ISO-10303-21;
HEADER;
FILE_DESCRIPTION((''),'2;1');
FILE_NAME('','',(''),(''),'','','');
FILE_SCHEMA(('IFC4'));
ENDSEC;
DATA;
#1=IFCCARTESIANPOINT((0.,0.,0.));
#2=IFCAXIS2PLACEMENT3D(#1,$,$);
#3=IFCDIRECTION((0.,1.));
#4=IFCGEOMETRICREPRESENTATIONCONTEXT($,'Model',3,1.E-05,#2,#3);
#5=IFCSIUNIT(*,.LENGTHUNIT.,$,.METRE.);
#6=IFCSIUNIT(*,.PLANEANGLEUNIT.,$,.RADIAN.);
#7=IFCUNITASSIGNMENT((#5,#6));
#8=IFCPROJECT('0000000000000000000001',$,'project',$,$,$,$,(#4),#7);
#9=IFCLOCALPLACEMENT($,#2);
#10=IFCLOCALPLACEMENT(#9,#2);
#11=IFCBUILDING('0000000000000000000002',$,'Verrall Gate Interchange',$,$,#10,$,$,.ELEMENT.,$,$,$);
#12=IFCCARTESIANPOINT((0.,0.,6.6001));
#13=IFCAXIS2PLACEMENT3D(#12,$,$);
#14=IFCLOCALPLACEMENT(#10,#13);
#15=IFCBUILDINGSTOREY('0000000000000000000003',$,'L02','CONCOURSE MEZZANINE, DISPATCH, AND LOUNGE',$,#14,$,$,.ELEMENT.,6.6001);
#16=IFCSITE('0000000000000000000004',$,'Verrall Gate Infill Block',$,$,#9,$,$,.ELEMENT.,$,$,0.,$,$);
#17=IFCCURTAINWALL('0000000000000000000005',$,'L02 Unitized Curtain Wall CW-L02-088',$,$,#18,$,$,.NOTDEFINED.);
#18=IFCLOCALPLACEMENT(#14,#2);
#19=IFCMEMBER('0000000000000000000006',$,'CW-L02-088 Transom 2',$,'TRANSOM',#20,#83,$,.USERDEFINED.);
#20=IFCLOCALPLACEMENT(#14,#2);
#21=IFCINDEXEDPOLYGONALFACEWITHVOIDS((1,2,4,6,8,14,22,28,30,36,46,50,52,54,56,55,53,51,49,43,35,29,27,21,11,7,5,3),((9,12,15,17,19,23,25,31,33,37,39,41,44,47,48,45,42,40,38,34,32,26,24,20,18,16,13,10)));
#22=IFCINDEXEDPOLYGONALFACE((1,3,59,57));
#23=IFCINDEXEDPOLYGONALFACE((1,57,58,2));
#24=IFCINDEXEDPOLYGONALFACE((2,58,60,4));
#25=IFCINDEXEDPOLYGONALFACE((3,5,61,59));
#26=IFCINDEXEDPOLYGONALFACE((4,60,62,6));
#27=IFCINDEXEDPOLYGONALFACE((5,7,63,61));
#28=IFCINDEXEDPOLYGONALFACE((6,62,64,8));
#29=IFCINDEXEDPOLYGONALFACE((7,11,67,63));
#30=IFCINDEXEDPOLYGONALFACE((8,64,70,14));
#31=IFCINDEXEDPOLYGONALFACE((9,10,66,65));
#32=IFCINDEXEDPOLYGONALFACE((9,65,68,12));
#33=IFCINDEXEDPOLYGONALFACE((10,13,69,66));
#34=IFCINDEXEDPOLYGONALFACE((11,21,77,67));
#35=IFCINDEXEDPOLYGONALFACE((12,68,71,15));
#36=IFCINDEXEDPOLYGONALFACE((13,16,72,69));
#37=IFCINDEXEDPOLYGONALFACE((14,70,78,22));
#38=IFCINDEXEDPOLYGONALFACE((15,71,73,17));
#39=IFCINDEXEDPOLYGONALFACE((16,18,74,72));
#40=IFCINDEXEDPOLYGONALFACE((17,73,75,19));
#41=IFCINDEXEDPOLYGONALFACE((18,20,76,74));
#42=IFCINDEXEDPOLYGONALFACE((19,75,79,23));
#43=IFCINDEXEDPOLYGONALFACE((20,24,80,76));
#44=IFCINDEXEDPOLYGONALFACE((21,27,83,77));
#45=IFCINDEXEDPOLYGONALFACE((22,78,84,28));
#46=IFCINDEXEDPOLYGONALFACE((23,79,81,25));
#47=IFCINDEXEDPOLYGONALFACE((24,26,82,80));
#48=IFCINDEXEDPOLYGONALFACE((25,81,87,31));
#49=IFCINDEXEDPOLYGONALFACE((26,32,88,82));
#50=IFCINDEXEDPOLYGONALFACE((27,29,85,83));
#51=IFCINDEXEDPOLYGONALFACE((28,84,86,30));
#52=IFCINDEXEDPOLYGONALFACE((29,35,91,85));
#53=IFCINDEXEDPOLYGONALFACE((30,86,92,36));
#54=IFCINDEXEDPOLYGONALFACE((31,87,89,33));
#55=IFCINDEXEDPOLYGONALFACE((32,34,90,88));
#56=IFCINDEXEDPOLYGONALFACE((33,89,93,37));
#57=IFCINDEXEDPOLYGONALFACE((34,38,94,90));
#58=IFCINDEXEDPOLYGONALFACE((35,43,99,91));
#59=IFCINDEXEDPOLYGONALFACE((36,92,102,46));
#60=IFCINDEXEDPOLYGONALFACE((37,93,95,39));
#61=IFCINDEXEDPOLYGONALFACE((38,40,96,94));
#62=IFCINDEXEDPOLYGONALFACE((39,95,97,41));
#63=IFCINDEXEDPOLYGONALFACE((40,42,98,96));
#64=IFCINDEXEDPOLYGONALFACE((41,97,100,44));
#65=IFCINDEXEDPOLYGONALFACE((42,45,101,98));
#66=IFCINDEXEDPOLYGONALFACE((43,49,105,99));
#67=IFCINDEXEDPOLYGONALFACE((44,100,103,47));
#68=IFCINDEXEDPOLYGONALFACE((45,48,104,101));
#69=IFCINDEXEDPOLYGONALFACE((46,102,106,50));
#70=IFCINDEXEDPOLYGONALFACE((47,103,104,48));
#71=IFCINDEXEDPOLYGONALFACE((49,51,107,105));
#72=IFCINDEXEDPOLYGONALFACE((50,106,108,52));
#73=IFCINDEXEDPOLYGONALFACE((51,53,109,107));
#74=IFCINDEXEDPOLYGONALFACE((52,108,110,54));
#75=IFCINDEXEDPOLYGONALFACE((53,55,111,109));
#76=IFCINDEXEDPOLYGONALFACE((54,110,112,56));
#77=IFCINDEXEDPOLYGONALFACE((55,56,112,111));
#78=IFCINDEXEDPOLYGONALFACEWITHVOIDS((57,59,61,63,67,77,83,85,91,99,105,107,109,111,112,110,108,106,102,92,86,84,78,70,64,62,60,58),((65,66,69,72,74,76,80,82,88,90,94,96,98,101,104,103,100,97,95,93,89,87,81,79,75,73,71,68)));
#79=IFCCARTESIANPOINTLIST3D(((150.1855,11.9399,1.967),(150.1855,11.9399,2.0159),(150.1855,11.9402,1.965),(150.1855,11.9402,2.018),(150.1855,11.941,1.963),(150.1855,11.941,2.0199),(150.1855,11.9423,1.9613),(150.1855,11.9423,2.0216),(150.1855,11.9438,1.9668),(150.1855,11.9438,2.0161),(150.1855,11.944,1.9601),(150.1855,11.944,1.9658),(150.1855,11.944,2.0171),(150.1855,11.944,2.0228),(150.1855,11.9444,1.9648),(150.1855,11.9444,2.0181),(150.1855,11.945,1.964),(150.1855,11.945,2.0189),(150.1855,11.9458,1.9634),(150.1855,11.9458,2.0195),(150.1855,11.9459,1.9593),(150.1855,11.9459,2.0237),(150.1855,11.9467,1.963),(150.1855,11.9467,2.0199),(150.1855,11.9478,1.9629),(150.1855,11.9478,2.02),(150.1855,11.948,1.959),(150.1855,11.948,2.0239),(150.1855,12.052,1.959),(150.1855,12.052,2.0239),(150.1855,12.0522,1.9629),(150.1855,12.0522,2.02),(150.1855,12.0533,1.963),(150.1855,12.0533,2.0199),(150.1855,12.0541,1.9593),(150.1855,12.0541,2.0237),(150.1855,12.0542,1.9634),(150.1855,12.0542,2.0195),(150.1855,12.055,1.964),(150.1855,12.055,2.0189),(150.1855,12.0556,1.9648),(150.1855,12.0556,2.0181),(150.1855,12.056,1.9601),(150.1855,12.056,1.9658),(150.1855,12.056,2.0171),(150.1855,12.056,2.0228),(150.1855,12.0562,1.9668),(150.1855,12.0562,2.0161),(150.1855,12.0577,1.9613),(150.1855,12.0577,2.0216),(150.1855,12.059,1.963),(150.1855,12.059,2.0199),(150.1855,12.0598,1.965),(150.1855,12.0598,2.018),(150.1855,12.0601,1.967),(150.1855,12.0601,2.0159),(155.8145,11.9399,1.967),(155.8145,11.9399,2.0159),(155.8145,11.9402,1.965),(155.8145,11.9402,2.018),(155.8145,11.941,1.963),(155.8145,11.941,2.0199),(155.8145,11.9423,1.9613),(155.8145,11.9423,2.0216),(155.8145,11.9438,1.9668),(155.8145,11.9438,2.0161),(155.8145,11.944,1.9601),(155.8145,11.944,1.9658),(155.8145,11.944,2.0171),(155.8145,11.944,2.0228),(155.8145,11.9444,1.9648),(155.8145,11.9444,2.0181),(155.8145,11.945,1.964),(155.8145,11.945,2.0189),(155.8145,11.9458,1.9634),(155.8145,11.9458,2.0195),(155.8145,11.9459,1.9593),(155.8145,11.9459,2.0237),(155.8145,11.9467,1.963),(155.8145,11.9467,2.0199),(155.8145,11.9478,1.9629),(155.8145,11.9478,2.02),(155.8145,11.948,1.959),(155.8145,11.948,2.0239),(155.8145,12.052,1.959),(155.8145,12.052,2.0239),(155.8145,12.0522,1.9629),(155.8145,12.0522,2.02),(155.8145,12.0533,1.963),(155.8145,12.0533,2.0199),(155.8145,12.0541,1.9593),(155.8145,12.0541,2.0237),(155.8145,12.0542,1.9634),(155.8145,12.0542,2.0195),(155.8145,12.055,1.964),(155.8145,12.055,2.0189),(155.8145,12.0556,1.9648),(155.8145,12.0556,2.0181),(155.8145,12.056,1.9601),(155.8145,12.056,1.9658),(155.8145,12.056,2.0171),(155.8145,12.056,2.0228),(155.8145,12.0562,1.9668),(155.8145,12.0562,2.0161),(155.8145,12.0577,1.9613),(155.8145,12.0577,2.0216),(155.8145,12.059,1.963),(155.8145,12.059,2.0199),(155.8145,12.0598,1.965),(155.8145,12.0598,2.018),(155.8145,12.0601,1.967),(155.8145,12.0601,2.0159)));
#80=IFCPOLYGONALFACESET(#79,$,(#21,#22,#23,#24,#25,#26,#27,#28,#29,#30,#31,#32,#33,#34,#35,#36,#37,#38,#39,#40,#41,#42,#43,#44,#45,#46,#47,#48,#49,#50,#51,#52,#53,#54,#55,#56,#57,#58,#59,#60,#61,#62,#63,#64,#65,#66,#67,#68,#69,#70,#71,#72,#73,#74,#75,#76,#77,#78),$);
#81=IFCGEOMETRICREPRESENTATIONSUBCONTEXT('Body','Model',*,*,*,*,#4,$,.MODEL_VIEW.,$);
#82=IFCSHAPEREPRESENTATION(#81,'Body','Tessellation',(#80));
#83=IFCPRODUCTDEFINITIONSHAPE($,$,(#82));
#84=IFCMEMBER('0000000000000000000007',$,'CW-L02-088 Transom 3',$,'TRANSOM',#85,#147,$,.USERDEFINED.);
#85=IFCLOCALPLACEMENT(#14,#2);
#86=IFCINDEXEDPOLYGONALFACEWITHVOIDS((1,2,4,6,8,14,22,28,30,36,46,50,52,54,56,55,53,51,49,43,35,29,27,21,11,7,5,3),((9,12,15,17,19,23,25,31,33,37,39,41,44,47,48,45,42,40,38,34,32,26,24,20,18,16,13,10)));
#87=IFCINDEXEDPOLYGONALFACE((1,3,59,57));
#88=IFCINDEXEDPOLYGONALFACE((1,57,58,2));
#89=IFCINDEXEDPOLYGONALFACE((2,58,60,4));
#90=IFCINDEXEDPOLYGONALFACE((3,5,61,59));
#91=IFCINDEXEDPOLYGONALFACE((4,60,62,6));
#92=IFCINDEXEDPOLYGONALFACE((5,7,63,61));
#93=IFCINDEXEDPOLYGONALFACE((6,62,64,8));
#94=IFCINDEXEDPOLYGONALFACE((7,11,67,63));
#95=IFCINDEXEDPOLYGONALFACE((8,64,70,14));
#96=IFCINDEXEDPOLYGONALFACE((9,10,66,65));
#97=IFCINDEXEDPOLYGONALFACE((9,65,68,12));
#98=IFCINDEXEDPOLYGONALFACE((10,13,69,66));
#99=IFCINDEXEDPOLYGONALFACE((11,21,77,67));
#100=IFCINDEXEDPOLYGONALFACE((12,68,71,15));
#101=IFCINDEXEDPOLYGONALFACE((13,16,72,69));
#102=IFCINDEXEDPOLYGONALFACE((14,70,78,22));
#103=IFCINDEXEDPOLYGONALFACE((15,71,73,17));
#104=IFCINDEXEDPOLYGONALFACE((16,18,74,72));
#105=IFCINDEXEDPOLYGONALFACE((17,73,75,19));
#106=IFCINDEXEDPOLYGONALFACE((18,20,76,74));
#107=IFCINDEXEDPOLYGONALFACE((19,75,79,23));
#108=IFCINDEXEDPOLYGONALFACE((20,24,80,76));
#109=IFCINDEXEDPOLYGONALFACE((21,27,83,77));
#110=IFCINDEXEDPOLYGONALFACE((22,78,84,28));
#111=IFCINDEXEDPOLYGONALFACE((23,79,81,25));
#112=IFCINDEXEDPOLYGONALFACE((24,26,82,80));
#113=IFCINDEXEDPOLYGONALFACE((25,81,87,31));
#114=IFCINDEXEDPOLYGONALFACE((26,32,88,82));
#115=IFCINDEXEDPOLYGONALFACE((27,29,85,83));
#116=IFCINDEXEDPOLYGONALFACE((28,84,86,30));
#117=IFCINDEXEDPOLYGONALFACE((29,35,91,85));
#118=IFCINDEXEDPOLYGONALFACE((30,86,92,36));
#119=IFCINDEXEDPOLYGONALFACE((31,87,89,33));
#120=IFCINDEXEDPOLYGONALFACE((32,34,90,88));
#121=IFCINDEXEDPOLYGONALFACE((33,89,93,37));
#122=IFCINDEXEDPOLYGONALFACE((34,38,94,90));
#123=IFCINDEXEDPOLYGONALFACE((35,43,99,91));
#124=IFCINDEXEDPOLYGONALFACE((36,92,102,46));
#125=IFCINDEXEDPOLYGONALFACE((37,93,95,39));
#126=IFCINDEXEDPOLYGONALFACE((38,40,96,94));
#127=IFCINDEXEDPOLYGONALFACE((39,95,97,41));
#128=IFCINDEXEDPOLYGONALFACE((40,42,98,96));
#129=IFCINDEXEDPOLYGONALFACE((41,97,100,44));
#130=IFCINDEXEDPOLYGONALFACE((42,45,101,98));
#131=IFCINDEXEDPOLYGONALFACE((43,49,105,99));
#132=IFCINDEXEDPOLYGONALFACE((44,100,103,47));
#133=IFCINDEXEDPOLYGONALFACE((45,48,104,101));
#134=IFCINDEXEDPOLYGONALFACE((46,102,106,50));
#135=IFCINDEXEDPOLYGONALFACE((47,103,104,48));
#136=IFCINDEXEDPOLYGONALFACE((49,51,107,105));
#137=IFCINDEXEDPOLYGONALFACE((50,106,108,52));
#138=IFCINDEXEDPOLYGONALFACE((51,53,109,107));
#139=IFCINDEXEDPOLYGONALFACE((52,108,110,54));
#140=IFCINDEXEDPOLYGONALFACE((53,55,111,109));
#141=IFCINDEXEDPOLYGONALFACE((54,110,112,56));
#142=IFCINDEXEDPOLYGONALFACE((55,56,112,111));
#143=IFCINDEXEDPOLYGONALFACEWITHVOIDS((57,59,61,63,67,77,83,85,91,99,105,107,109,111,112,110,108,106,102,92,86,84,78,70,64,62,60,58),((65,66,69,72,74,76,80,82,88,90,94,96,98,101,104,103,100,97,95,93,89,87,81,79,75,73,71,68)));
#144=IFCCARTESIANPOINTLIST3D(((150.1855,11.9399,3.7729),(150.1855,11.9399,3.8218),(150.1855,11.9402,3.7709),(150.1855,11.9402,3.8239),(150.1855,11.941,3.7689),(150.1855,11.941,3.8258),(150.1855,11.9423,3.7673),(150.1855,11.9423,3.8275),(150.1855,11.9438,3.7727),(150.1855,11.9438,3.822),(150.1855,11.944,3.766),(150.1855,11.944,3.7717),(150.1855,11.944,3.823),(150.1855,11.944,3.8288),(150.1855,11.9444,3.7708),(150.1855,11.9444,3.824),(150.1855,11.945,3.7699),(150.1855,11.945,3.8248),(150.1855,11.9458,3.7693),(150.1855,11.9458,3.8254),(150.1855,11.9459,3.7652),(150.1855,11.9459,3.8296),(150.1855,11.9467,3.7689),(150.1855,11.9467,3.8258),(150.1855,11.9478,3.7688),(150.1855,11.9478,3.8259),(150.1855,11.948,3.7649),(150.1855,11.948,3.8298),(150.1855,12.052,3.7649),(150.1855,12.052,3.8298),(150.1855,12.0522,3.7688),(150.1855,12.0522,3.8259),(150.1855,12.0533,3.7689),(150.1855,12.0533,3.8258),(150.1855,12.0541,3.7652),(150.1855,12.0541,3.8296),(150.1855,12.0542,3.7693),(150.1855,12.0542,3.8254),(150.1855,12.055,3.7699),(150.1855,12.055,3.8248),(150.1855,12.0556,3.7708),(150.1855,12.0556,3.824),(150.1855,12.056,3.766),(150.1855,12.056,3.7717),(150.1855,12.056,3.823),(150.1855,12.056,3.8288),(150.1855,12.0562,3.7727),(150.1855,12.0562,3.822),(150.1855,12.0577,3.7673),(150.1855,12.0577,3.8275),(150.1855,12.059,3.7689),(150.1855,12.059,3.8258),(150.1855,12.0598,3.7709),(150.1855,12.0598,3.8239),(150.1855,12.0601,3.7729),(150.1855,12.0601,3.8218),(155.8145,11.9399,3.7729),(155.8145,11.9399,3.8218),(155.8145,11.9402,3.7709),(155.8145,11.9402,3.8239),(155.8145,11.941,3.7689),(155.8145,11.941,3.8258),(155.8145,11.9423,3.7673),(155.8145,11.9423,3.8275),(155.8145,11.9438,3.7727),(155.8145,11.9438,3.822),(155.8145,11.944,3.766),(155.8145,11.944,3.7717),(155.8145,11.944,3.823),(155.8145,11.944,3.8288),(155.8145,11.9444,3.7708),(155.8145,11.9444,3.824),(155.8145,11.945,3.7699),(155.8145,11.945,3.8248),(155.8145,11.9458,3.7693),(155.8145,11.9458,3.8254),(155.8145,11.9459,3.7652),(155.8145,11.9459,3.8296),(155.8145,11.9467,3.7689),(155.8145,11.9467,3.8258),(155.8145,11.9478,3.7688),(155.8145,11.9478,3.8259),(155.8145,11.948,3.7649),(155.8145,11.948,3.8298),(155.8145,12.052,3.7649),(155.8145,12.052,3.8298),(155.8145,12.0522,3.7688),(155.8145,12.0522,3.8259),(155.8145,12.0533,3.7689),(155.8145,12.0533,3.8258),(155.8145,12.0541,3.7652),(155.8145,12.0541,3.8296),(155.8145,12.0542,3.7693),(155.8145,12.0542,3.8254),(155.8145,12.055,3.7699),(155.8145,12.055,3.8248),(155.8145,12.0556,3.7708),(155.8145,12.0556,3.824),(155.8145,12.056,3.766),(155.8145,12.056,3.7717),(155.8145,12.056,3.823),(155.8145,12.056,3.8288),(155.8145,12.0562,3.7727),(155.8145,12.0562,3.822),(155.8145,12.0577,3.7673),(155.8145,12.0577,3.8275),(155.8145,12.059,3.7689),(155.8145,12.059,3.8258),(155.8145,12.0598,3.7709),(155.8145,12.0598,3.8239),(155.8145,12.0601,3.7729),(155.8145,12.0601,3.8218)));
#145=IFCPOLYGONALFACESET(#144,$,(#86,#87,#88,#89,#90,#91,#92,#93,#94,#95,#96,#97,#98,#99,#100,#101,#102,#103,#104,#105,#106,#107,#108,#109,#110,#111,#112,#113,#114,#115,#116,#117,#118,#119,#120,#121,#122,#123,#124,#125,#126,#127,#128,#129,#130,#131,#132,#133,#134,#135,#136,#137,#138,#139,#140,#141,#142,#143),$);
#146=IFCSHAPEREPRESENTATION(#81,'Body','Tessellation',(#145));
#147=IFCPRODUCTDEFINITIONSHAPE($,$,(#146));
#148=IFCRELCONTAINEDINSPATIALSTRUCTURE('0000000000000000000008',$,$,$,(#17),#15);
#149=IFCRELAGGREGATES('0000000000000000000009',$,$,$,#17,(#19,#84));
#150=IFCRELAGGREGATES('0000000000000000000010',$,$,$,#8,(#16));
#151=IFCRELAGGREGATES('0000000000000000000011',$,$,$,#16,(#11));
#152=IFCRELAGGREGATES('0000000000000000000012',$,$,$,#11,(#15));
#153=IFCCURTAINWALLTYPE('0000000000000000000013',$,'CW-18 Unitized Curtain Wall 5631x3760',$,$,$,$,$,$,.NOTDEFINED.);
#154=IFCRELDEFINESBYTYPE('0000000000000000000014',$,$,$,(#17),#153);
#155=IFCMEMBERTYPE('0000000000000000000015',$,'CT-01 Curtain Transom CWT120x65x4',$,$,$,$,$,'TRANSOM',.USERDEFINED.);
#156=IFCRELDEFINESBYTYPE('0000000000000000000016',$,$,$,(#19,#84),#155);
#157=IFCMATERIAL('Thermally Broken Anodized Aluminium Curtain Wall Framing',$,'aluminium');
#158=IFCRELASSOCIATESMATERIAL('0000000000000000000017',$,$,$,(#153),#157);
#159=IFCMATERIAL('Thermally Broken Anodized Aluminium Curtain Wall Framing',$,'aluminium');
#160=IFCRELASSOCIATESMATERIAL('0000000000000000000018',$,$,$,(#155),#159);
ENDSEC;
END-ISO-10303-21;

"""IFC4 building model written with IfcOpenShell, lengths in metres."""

from ifc_helpers import new_model, si_unit, direction, frame, origin, origin_2d, place, context, subcontext, project, spatial, hollow_rectangle, extrude, material, material_profile, profile_set, type_object, element, aggregate, save


model = new_model("IFC4")

# Units and contexts
model_context = context("Model", 3, precision=1e-05, world=origin(), true_north=direction((0.0, 1.0)))
body_context = subcontext(model_context, "Body", "Model", "MODEL_VIEW")
ifc_project = project(units=[si_unit("LENGTHUNIT", "METRE"), si_unit("PLANEANGLEUNIT", "RADIAN")], contexts=[model_context])

# Site, building, storey
site_placement = place(None, origin())
site = spatial("IfcSite", under=ifc_project, at=site_placement, Name="Verrall Gate Infill Block", CompositionType="ELEMENT", RefElevation=0.0)
building_placement = place(site_placement, origin())
building = spatial("IfcBuilding", under=site, at=building_placement, Name="Verrall Gate Interchange", CompositionType="ELEMENT")
storey_placement = place(building_placement, frame((0.0, 0.0, 6.6001)))
storey = spatial("IfcBuildingStorey", under=building, at=storey_placement, Name="L02", Description="CONCOURSE MEZZANINE, DISPATCH, AND LOUNGE", CompositionType="ELEMENT", Elevation=6.6001)

# Curtain wall
ifc_material_1 = material(Name="Thermally Broken Anodized Aluminium Curtain Wall Framing", Category="aluminium")
curtain_wall_type = type_object("IfcCurtainWallType", Name="CW-18 Unitized Curtain Wall 5631x3760", PredefinedType="NOTDEFINED", material=ifc_material_1)
curtain_wall_1_placement = place(storey_placement, origin())
curtain_wall_1 = element("IfcCurtainWall", 1, at=curtain_wall_1_placement, inside=storey, type_object=curtain_wall_type, Name="L02 Unitized Curtain Wall CW-L02-088", PredefinedType="NOTDEFINED")

# Members
ifc_material_2 = material(Name="Thermally Broken Anodized Aluminium Curtain Wall Framing", Category="aluminium")
ifc_material_profile_1 = material_profile(ifc_material_2, hollow_rectangle(XDim=0.1201, YDim=0.0649, WallThickness=0.0039, InnerFilletRadius=0.0039, OuterFilletRadius=0.0081, at=origin_2d()), Name="CWT120x65x4")
ifc_profile_set_1 = profile_set([ifc_material_profile_1], Name="Thermally Broken Anodized Aluminium Curtain Wall Framing")
member_type_1 = type_object("IfcMemberType", Name="CT-01 Curtain Transom CWT120x65x4", ElementType="TRANSOM", PredefinedType="USERDEFINED", material=ifc_profile_set_1)
member_1_placement = place(storey_placement, frame((150.1855, 12.0, 1.9915), z_axis=(1.0, 0.0, 0.0), x_axis=(0.0, 1.0, 0.0)))
member_1 = element("IfcMember", 2, at=member_1_placement, type_object=member_type_1, Name="CW-L02-088 Transom 2", ObjectType="TRANSOM", PredefinedType="USERDEFINED", context=body_context, shape_type="SweptSolid", body=[
    extrude(hollow_rectangle(XDim=0.1201, YDim=0.0649, WallThickness=0.0039, InnerFilletRadius=0.0039, OuterFilletRadius=0.0081, at=origin_2d()), origin(), (0.0, 0.0, 1.0), 5.6289),
])
member_2_placement = place(storey_placement, frame((150.1855, 12.0, 3.7974), z_axis=(1.0, 0.0, 0.0), x_axis=(0.0, 1.0, 0.0)))
member_2 = element("IfcMember", 3, at=member_2_placement, type_object=member_type_1, Name="CW-L02-088 Transom 3", ObjectType="TRANSOM", PredefinedType="USERDEFINED", context=body_context, shape_type="SweptSolid", body=[
    extrude(hollow_rectangle(XDim=0.1201, YDim=0.0649, WallThickness=0.0039, InnerFilletRadius=0.0039, OuterFilletRadius=0.0081, at=origin_2d()), origin(), (0.0, 0.0, 1.0), 5.6289),
])

aggregate(curtain_wall_1, [member_1, member_2])

save(model, "model.ifc")
